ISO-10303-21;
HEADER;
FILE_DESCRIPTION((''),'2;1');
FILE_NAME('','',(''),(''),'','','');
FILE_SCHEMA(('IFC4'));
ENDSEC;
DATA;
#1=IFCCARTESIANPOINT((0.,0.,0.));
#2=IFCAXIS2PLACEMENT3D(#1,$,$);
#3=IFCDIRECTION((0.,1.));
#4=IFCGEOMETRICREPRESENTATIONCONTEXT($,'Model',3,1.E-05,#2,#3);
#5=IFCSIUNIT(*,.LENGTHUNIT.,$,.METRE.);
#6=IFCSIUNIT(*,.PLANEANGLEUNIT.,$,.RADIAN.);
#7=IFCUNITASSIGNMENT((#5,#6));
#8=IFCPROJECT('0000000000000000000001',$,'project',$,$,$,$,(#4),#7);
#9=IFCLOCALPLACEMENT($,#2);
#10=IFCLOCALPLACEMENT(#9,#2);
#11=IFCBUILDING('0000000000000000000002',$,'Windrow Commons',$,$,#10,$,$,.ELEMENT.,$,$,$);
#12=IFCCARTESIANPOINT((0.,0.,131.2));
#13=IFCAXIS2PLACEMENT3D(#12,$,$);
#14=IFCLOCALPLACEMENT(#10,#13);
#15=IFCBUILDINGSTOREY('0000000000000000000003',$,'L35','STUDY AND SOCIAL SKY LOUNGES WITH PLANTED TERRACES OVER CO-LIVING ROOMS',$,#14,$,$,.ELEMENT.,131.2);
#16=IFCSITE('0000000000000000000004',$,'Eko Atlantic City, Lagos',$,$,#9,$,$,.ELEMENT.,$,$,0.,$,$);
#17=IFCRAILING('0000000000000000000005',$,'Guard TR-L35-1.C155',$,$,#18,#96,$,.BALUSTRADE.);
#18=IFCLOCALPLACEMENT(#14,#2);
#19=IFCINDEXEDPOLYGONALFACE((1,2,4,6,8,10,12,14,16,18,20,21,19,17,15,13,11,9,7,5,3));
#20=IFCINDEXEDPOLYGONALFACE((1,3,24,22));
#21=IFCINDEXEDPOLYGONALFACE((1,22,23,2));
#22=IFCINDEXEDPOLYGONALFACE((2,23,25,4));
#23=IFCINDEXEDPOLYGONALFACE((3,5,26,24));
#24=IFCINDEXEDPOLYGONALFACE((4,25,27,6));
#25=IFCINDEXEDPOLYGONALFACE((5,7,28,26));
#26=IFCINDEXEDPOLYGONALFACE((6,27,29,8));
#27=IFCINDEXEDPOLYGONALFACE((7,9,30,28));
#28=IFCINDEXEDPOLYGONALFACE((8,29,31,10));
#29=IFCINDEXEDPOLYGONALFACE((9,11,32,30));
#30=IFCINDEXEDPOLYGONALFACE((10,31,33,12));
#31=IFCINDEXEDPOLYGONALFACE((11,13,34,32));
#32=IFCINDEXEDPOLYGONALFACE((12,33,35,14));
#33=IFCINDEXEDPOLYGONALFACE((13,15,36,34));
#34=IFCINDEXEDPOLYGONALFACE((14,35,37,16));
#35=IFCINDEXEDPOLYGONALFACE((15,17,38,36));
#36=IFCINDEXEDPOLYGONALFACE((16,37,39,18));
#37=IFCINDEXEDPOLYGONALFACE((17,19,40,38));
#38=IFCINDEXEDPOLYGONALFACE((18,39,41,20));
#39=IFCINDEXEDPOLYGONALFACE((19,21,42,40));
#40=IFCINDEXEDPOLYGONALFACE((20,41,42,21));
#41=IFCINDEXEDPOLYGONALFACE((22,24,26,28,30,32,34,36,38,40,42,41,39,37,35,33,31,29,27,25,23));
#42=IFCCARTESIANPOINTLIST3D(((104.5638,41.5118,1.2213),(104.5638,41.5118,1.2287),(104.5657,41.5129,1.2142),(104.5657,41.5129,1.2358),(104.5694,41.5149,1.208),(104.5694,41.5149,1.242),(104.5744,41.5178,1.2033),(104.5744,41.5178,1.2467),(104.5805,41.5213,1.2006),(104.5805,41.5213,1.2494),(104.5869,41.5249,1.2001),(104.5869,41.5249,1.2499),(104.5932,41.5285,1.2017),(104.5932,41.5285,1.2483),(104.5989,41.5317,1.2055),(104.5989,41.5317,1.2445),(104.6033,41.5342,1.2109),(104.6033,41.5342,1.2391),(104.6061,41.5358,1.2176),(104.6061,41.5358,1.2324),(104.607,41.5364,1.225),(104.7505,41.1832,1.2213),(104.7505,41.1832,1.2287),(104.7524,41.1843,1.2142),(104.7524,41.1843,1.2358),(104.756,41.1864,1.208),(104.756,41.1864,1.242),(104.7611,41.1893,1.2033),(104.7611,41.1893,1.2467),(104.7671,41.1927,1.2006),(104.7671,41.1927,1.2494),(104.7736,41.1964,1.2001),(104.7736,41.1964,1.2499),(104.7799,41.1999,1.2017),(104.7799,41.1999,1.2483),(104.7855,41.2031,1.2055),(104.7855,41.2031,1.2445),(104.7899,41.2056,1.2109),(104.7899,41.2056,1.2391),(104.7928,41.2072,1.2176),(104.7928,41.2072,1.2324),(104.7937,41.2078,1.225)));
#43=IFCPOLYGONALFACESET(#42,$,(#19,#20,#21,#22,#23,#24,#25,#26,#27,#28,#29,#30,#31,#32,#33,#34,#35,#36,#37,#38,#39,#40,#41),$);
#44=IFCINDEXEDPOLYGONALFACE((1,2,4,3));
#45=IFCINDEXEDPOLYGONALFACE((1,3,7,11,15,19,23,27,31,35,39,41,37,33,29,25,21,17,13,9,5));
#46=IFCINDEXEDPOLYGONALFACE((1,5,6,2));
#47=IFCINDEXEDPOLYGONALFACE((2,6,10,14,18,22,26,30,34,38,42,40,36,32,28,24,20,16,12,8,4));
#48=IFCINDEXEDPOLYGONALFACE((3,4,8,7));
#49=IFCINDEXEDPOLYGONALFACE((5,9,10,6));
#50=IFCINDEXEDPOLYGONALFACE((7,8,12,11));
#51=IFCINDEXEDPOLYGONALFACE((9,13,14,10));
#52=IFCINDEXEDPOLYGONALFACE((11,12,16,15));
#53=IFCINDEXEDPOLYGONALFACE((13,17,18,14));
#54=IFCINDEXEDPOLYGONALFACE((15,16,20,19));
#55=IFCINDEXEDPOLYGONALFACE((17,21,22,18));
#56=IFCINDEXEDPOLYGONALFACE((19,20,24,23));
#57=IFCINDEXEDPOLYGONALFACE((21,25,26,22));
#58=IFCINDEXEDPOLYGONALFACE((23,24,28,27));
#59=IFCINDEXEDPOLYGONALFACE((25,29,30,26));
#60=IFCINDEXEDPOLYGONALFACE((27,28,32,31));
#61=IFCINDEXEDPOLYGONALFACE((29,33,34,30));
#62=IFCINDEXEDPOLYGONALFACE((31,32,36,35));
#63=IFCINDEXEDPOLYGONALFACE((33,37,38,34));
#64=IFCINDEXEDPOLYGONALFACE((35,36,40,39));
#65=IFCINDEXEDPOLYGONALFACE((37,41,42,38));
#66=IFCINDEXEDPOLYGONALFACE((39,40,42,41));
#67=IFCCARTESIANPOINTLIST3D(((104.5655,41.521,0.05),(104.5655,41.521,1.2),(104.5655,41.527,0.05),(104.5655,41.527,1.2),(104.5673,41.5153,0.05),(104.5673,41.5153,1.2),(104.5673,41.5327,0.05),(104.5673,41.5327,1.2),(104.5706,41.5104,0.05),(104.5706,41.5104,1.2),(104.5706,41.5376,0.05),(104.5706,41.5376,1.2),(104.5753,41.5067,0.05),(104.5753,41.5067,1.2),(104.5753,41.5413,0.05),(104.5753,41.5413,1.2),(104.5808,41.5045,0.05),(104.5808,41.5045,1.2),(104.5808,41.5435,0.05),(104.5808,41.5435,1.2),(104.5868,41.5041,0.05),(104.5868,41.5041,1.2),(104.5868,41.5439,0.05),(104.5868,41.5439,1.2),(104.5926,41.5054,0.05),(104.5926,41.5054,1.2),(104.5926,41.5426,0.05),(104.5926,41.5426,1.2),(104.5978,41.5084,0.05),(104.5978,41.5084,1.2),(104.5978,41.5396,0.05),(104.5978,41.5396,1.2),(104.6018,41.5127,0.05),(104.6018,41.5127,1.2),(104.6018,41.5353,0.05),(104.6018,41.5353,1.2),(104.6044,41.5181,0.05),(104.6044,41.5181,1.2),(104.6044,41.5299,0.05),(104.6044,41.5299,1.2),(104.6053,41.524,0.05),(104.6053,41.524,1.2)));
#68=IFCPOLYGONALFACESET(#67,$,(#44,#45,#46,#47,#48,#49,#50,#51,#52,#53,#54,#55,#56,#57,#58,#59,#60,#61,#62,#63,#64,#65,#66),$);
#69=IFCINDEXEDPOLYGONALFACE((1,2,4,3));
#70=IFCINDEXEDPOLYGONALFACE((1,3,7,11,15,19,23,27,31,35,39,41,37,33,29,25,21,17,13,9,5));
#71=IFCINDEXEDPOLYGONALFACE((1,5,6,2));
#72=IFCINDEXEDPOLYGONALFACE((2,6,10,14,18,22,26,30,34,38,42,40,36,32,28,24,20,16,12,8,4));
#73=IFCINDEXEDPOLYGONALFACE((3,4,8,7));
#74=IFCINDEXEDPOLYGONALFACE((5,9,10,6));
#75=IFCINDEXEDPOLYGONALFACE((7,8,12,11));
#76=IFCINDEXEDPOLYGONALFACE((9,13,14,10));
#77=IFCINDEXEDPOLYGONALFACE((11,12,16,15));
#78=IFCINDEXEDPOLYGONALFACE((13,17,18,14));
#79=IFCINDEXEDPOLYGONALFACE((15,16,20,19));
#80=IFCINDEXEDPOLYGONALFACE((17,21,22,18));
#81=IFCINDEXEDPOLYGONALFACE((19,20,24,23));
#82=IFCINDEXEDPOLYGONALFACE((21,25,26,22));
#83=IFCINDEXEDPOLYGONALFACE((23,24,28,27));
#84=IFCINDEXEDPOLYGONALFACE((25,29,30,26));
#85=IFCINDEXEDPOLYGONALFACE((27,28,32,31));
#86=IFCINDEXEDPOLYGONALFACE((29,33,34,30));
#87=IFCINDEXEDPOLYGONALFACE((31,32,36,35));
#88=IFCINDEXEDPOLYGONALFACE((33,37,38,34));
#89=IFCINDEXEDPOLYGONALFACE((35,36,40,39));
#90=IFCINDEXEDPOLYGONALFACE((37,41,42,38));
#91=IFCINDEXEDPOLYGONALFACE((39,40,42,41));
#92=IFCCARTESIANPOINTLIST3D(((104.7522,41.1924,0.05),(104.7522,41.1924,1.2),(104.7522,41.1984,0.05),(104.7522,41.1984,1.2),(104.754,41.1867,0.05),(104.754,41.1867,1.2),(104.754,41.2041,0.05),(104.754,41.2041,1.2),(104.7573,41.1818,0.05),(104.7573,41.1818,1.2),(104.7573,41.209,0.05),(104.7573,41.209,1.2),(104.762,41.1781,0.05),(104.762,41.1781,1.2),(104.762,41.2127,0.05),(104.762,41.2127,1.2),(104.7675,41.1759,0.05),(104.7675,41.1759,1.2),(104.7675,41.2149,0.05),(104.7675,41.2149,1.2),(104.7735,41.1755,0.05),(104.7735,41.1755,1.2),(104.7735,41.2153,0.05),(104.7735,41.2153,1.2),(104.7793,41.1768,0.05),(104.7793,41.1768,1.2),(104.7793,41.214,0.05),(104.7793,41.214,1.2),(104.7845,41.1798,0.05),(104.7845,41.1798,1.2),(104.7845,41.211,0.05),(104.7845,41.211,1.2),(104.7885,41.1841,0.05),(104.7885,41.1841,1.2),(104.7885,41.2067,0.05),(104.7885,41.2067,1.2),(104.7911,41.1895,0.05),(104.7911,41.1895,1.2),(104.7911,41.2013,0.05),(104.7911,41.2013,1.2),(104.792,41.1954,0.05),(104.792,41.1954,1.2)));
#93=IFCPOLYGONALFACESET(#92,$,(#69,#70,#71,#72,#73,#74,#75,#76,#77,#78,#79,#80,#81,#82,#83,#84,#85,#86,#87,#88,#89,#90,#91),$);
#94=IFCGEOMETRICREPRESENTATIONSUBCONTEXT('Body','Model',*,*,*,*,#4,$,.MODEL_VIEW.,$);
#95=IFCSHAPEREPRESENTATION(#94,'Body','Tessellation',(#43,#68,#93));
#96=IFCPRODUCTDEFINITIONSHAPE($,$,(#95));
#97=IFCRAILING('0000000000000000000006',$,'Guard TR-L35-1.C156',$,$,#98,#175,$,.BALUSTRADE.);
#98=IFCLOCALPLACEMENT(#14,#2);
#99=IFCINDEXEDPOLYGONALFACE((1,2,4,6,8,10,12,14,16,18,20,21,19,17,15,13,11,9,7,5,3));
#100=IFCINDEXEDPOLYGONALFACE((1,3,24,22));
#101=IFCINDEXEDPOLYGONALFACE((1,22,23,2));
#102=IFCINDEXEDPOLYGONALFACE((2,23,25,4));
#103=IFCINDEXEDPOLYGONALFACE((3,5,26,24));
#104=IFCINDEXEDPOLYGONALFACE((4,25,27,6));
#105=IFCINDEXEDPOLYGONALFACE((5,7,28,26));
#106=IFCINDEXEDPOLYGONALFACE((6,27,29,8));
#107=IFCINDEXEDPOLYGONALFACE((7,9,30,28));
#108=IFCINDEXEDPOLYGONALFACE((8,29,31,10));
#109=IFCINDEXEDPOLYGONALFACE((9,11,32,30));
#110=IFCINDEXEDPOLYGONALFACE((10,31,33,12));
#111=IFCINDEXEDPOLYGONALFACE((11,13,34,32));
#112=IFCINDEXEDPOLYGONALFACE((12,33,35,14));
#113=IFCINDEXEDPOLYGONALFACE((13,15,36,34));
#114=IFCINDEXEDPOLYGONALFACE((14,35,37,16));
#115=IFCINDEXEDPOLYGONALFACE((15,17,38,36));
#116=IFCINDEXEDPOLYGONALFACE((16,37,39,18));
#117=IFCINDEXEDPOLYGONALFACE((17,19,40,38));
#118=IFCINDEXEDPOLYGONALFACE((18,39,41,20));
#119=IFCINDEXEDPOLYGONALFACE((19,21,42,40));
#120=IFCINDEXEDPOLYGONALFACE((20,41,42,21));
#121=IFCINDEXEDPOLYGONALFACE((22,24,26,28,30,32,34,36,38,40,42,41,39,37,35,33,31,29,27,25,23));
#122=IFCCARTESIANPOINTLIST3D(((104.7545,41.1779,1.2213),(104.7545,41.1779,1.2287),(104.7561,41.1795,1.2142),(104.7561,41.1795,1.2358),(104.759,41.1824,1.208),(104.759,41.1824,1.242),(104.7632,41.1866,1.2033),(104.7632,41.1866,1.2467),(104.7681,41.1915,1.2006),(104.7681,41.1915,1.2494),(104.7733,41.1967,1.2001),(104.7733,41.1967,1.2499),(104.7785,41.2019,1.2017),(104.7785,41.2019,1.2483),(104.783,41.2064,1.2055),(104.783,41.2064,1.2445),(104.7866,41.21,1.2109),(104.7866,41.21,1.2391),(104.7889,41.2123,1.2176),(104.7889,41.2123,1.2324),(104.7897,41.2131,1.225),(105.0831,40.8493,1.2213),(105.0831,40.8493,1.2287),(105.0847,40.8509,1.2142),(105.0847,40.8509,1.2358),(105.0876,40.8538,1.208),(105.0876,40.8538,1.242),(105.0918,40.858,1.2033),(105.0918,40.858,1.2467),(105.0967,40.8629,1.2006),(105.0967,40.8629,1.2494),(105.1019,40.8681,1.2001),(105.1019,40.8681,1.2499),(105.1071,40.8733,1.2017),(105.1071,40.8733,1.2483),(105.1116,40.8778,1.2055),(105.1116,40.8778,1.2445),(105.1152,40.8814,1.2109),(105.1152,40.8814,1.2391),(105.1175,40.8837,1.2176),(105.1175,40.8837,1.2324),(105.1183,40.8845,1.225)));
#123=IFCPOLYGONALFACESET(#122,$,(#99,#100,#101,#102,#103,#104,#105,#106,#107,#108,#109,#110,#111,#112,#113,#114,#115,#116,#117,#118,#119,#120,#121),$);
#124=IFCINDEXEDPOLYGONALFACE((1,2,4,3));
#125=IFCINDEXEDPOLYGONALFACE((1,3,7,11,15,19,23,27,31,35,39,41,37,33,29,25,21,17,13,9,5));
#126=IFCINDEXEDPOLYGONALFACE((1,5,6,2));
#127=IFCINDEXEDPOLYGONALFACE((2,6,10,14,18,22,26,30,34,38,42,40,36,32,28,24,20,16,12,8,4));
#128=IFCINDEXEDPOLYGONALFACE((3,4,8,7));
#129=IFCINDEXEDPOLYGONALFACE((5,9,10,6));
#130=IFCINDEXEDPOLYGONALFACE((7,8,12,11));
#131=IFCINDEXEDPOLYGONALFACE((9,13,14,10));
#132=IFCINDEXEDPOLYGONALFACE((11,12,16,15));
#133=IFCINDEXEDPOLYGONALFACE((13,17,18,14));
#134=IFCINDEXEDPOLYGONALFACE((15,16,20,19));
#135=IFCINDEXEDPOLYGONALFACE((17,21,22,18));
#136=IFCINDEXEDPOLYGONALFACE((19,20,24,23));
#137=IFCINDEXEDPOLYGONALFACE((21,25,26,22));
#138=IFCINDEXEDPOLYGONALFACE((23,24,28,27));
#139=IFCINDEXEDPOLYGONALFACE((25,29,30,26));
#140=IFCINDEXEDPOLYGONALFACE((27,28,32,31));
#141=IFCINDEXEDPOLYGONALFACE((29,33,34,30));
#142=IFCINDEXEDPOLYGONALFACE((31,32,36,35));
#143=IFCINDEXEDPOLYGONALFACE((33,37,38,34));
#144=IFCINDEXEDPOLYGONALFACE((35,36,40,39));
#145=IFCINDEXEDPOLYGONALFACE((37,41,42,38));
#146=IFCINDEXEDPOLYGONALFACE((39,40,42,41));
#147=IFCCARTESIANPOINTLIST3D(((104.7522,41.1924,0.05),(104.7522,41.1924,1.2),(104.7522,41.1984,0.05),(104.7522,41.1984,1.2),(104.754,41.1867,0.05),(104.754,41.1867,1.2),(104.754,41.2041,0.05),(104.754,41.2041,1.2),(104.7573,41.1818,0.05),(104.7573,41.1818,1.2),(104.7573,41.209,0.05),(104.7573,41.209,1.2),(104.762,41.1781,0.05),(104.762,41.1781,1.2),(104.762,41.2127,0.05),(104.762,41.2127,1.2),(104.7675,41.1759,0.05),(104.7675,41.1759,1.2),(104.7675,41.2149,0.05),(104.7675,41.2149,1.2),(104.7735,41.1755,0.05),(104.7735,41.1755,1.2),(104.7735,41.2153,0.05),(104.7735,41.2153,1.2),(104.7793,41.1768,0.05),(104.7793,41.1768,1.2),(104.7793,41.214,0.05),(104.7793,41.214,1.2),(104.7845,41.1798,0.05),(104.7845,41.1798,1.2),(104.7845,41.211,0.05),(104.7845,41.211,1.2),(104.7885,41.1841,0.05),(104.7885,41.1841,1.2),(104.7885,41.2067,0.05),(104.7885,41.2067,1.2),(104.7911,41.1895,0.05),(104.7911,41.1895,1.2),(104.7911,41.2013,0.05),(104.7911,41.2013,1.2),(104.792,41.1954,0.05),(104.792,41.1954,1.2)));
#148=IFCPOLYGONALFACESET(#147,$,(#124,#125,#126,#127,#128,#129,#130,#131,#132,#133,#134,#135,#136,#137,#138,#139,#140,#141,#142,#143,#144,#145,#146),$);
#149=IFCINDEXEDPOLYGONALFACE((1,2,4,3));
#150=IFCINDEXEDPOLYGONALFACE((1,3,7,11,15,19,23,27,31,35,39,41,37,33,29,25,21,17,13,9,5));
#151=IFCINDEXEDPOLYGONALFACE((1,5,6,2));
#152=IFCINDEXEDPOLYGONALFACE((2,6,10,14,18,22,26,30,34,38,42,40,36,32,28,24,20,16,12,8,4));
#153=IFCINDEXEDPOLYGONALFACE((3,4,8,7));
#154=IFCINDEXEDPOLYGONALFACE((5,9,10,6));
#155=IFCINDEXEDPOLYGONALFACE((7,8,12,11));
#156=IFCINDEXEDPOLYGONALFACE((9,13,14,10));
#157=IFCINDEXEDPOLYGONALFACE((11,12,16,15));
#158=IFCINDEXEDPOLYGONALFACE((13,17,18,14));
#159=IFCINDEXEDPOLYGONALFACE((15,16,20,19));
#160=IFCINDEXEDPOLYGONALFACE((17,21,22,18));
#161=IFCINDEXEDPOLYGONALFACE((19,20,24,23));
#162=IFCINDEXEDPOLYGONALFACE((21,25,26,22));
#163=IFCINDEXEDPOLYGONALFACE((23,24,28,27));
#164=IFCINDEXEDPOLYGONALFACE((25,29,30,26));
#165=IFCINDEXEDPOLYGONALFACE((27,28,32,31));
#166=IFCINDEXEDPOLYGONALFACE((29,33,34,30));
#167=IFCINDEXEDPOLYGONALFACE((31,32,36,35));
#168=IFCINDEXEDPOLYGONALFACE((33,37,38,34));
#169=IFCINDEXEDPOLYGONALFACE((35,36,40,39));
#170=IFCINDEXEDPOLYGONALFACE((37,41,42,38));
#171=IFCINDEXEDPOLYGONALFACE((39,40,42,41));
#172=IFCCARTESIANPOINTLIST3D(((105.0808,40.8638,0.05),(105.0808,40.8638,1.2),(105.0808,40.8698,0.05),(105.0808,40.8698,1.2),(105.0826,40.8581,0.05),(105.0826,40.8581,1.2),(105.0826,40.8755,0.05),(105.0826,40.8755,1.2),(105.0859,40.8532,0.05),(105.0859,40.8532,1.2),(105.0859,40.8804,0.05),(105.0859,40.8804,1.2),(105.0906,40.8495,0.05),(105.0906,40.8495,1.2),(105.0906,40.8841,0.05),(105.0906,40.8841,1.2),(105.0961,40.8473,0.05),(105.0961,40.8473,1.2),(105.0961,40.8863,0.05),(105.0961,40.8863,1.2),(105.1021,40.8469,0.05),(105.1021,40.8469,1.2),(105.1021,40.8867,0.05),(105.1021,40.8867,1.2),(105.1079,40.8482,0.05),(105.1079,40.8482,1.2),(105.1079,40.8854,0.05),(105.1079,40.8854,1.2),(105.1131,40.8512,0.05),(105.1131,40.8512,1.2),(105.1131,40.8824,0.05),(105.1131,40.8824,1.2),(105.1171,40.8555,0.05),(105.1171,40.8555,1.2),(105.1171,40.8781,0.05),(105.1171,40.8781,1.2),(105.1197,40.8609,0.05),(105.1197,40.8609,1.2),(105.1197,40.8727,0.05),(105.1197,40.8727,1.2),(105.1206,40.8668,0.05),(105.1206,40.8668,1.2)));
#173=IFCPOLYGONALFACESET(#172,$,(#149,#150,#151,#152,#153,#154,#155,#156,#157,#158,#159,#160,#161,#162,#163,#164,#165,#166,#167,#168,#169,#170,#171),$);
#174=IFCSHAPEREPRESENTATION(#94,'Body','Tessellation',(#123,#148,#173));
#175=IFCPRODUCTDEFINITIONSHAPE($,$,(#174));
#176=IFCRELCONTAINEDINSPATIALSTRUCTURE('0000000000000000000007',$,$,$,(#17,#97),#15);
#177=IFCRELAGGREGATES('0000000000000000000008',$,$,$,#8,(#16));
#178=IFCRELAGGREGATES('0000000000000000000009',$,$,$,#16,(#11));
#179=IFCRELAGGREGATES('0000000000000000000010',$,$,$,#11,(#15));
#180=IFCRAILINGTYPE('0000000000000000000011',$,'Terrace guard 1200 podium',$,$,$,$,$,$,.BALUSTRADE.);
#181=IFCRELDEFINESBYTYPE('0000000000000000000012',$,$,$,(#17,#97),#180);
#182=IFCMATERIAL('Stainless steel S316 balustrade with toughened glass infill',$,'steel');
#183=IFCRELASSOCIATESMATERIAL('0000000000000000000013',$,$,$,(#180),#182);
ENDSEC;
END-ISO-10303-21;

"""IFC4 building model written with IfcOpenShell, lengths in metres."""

from ifc_helpers import new_model, si_unit, direction, frame, origin, origin_2d, place, context, subcontext, project, spatial, circle, extrude, material, type_object, element, save


model = new_model("IFC4")

# Units and contexts
model_context = context("Model", 3, precision=1e-05, world=origin(), true_north=direction((0.0, 1.0)))
body_context = subcontext(model_context, "Body", "Model", "MODEL_VIEW")
ifc_project = project(units=[si_unit("LENGTHUNIT", "METRE"), si_unit("PLANEANGLEUNIT", "RADIAN")], contexts=[model_context])

# Site, building, storey
site_placement = place(None, origin())
site = spatial("IfcSite", under=ifc_project, at=site_placement, Name="Eko Atlantic City, Lagos", CompositionType="ELEMENT", RefElevation=0.0)
building_placement = place(site_placement, origin())
building = spatial("IfcBuilding", under=site, at=building_placement, Name="Windrow Commons", CompositionType="ELEMENT")
storey_placement = place(building_placement, frame((0.0, 0.0, 131.2)))
storey = spatial("IfcBuildingStorey", under=building, at=storey_placement, Name="L35", Description="STUDY AND SOCIAL SKY LOUNGES WITH PLANTED TERRACES OVER CO-LIVING ROOMS", CompositionType="ELEMENT", Elevation=131.2)

# Railings
ifc_material_1 = material(Name="Stainless steel S316 balustrade with toughened glass infill", Category="steel")
railing_type = type_object("IfcRailingType", Name="Terrace guard 1200 podium", PredefinedType="BALUSTRADE", material=ifc_material_1)
railing_1_placement = place(storey_placement, frame((104.5853, 41.524, 0.05)))
element("IfcRailing", 1, at=railing_1_placement, inside=storey, type_object=railing_type, Name="Guard TR-L35-1.C155", PredefinedType="BALUSTRADE", context=body_context, shape_type="SweptSolid", body=[
    extrude(circle(Radius=0.025, at=origin_2d()), frame((0.0, 0.0, 1.175), z_axis=(0.494, -0.869462, 0.0), x_axis=(0.869462, 0.494, 0.0)), (0.0, 0.0, 1.0), 0.3779),
    extrude(circle(Radius=0.02, at=origin_2d()), origin(), (0.0, 0.0, 1.0), 1.15),
    extrude(circle(Radius=0.02, at=origin_2d()), frame((0.1867, -0.3286, 0.0)), (0.0, 0.0, 1.0), 1.15),
])
railing_2_placement = place(storey_placement, frame((104.772, 41.1954, 0.05)))
element("IfcRailing", 2, at=railing_2_placement, inside=storey, type_object=railing_type, Name="Guard TR-L35-1.C156", PredefinedType="BALUSTRADE", context=body_context, shape_type="SweptSolid", body=[
    extrude(circle(Radius=0.025, at=origin_2d()), frame((0.0, 0.0, 1.175), z_axis=(0.707107, -0.707107, 0.0), x_axis=(0.707107, 0.707107, 0.0)), (0.0, 0.0, 1.0), 0.4647),
    extrude(circle(Radius=0.02, at=origin_2d()), origin(), (0.0, 0.0, 1.0), 1.15),
    extrude(circle(Radius=0.02, at=origin_2d()), frame((0.3286, -0.3286, 0.0)), (0.0, 0.0, 1.0), 1.15),
])

save(model, "model.ifc")
